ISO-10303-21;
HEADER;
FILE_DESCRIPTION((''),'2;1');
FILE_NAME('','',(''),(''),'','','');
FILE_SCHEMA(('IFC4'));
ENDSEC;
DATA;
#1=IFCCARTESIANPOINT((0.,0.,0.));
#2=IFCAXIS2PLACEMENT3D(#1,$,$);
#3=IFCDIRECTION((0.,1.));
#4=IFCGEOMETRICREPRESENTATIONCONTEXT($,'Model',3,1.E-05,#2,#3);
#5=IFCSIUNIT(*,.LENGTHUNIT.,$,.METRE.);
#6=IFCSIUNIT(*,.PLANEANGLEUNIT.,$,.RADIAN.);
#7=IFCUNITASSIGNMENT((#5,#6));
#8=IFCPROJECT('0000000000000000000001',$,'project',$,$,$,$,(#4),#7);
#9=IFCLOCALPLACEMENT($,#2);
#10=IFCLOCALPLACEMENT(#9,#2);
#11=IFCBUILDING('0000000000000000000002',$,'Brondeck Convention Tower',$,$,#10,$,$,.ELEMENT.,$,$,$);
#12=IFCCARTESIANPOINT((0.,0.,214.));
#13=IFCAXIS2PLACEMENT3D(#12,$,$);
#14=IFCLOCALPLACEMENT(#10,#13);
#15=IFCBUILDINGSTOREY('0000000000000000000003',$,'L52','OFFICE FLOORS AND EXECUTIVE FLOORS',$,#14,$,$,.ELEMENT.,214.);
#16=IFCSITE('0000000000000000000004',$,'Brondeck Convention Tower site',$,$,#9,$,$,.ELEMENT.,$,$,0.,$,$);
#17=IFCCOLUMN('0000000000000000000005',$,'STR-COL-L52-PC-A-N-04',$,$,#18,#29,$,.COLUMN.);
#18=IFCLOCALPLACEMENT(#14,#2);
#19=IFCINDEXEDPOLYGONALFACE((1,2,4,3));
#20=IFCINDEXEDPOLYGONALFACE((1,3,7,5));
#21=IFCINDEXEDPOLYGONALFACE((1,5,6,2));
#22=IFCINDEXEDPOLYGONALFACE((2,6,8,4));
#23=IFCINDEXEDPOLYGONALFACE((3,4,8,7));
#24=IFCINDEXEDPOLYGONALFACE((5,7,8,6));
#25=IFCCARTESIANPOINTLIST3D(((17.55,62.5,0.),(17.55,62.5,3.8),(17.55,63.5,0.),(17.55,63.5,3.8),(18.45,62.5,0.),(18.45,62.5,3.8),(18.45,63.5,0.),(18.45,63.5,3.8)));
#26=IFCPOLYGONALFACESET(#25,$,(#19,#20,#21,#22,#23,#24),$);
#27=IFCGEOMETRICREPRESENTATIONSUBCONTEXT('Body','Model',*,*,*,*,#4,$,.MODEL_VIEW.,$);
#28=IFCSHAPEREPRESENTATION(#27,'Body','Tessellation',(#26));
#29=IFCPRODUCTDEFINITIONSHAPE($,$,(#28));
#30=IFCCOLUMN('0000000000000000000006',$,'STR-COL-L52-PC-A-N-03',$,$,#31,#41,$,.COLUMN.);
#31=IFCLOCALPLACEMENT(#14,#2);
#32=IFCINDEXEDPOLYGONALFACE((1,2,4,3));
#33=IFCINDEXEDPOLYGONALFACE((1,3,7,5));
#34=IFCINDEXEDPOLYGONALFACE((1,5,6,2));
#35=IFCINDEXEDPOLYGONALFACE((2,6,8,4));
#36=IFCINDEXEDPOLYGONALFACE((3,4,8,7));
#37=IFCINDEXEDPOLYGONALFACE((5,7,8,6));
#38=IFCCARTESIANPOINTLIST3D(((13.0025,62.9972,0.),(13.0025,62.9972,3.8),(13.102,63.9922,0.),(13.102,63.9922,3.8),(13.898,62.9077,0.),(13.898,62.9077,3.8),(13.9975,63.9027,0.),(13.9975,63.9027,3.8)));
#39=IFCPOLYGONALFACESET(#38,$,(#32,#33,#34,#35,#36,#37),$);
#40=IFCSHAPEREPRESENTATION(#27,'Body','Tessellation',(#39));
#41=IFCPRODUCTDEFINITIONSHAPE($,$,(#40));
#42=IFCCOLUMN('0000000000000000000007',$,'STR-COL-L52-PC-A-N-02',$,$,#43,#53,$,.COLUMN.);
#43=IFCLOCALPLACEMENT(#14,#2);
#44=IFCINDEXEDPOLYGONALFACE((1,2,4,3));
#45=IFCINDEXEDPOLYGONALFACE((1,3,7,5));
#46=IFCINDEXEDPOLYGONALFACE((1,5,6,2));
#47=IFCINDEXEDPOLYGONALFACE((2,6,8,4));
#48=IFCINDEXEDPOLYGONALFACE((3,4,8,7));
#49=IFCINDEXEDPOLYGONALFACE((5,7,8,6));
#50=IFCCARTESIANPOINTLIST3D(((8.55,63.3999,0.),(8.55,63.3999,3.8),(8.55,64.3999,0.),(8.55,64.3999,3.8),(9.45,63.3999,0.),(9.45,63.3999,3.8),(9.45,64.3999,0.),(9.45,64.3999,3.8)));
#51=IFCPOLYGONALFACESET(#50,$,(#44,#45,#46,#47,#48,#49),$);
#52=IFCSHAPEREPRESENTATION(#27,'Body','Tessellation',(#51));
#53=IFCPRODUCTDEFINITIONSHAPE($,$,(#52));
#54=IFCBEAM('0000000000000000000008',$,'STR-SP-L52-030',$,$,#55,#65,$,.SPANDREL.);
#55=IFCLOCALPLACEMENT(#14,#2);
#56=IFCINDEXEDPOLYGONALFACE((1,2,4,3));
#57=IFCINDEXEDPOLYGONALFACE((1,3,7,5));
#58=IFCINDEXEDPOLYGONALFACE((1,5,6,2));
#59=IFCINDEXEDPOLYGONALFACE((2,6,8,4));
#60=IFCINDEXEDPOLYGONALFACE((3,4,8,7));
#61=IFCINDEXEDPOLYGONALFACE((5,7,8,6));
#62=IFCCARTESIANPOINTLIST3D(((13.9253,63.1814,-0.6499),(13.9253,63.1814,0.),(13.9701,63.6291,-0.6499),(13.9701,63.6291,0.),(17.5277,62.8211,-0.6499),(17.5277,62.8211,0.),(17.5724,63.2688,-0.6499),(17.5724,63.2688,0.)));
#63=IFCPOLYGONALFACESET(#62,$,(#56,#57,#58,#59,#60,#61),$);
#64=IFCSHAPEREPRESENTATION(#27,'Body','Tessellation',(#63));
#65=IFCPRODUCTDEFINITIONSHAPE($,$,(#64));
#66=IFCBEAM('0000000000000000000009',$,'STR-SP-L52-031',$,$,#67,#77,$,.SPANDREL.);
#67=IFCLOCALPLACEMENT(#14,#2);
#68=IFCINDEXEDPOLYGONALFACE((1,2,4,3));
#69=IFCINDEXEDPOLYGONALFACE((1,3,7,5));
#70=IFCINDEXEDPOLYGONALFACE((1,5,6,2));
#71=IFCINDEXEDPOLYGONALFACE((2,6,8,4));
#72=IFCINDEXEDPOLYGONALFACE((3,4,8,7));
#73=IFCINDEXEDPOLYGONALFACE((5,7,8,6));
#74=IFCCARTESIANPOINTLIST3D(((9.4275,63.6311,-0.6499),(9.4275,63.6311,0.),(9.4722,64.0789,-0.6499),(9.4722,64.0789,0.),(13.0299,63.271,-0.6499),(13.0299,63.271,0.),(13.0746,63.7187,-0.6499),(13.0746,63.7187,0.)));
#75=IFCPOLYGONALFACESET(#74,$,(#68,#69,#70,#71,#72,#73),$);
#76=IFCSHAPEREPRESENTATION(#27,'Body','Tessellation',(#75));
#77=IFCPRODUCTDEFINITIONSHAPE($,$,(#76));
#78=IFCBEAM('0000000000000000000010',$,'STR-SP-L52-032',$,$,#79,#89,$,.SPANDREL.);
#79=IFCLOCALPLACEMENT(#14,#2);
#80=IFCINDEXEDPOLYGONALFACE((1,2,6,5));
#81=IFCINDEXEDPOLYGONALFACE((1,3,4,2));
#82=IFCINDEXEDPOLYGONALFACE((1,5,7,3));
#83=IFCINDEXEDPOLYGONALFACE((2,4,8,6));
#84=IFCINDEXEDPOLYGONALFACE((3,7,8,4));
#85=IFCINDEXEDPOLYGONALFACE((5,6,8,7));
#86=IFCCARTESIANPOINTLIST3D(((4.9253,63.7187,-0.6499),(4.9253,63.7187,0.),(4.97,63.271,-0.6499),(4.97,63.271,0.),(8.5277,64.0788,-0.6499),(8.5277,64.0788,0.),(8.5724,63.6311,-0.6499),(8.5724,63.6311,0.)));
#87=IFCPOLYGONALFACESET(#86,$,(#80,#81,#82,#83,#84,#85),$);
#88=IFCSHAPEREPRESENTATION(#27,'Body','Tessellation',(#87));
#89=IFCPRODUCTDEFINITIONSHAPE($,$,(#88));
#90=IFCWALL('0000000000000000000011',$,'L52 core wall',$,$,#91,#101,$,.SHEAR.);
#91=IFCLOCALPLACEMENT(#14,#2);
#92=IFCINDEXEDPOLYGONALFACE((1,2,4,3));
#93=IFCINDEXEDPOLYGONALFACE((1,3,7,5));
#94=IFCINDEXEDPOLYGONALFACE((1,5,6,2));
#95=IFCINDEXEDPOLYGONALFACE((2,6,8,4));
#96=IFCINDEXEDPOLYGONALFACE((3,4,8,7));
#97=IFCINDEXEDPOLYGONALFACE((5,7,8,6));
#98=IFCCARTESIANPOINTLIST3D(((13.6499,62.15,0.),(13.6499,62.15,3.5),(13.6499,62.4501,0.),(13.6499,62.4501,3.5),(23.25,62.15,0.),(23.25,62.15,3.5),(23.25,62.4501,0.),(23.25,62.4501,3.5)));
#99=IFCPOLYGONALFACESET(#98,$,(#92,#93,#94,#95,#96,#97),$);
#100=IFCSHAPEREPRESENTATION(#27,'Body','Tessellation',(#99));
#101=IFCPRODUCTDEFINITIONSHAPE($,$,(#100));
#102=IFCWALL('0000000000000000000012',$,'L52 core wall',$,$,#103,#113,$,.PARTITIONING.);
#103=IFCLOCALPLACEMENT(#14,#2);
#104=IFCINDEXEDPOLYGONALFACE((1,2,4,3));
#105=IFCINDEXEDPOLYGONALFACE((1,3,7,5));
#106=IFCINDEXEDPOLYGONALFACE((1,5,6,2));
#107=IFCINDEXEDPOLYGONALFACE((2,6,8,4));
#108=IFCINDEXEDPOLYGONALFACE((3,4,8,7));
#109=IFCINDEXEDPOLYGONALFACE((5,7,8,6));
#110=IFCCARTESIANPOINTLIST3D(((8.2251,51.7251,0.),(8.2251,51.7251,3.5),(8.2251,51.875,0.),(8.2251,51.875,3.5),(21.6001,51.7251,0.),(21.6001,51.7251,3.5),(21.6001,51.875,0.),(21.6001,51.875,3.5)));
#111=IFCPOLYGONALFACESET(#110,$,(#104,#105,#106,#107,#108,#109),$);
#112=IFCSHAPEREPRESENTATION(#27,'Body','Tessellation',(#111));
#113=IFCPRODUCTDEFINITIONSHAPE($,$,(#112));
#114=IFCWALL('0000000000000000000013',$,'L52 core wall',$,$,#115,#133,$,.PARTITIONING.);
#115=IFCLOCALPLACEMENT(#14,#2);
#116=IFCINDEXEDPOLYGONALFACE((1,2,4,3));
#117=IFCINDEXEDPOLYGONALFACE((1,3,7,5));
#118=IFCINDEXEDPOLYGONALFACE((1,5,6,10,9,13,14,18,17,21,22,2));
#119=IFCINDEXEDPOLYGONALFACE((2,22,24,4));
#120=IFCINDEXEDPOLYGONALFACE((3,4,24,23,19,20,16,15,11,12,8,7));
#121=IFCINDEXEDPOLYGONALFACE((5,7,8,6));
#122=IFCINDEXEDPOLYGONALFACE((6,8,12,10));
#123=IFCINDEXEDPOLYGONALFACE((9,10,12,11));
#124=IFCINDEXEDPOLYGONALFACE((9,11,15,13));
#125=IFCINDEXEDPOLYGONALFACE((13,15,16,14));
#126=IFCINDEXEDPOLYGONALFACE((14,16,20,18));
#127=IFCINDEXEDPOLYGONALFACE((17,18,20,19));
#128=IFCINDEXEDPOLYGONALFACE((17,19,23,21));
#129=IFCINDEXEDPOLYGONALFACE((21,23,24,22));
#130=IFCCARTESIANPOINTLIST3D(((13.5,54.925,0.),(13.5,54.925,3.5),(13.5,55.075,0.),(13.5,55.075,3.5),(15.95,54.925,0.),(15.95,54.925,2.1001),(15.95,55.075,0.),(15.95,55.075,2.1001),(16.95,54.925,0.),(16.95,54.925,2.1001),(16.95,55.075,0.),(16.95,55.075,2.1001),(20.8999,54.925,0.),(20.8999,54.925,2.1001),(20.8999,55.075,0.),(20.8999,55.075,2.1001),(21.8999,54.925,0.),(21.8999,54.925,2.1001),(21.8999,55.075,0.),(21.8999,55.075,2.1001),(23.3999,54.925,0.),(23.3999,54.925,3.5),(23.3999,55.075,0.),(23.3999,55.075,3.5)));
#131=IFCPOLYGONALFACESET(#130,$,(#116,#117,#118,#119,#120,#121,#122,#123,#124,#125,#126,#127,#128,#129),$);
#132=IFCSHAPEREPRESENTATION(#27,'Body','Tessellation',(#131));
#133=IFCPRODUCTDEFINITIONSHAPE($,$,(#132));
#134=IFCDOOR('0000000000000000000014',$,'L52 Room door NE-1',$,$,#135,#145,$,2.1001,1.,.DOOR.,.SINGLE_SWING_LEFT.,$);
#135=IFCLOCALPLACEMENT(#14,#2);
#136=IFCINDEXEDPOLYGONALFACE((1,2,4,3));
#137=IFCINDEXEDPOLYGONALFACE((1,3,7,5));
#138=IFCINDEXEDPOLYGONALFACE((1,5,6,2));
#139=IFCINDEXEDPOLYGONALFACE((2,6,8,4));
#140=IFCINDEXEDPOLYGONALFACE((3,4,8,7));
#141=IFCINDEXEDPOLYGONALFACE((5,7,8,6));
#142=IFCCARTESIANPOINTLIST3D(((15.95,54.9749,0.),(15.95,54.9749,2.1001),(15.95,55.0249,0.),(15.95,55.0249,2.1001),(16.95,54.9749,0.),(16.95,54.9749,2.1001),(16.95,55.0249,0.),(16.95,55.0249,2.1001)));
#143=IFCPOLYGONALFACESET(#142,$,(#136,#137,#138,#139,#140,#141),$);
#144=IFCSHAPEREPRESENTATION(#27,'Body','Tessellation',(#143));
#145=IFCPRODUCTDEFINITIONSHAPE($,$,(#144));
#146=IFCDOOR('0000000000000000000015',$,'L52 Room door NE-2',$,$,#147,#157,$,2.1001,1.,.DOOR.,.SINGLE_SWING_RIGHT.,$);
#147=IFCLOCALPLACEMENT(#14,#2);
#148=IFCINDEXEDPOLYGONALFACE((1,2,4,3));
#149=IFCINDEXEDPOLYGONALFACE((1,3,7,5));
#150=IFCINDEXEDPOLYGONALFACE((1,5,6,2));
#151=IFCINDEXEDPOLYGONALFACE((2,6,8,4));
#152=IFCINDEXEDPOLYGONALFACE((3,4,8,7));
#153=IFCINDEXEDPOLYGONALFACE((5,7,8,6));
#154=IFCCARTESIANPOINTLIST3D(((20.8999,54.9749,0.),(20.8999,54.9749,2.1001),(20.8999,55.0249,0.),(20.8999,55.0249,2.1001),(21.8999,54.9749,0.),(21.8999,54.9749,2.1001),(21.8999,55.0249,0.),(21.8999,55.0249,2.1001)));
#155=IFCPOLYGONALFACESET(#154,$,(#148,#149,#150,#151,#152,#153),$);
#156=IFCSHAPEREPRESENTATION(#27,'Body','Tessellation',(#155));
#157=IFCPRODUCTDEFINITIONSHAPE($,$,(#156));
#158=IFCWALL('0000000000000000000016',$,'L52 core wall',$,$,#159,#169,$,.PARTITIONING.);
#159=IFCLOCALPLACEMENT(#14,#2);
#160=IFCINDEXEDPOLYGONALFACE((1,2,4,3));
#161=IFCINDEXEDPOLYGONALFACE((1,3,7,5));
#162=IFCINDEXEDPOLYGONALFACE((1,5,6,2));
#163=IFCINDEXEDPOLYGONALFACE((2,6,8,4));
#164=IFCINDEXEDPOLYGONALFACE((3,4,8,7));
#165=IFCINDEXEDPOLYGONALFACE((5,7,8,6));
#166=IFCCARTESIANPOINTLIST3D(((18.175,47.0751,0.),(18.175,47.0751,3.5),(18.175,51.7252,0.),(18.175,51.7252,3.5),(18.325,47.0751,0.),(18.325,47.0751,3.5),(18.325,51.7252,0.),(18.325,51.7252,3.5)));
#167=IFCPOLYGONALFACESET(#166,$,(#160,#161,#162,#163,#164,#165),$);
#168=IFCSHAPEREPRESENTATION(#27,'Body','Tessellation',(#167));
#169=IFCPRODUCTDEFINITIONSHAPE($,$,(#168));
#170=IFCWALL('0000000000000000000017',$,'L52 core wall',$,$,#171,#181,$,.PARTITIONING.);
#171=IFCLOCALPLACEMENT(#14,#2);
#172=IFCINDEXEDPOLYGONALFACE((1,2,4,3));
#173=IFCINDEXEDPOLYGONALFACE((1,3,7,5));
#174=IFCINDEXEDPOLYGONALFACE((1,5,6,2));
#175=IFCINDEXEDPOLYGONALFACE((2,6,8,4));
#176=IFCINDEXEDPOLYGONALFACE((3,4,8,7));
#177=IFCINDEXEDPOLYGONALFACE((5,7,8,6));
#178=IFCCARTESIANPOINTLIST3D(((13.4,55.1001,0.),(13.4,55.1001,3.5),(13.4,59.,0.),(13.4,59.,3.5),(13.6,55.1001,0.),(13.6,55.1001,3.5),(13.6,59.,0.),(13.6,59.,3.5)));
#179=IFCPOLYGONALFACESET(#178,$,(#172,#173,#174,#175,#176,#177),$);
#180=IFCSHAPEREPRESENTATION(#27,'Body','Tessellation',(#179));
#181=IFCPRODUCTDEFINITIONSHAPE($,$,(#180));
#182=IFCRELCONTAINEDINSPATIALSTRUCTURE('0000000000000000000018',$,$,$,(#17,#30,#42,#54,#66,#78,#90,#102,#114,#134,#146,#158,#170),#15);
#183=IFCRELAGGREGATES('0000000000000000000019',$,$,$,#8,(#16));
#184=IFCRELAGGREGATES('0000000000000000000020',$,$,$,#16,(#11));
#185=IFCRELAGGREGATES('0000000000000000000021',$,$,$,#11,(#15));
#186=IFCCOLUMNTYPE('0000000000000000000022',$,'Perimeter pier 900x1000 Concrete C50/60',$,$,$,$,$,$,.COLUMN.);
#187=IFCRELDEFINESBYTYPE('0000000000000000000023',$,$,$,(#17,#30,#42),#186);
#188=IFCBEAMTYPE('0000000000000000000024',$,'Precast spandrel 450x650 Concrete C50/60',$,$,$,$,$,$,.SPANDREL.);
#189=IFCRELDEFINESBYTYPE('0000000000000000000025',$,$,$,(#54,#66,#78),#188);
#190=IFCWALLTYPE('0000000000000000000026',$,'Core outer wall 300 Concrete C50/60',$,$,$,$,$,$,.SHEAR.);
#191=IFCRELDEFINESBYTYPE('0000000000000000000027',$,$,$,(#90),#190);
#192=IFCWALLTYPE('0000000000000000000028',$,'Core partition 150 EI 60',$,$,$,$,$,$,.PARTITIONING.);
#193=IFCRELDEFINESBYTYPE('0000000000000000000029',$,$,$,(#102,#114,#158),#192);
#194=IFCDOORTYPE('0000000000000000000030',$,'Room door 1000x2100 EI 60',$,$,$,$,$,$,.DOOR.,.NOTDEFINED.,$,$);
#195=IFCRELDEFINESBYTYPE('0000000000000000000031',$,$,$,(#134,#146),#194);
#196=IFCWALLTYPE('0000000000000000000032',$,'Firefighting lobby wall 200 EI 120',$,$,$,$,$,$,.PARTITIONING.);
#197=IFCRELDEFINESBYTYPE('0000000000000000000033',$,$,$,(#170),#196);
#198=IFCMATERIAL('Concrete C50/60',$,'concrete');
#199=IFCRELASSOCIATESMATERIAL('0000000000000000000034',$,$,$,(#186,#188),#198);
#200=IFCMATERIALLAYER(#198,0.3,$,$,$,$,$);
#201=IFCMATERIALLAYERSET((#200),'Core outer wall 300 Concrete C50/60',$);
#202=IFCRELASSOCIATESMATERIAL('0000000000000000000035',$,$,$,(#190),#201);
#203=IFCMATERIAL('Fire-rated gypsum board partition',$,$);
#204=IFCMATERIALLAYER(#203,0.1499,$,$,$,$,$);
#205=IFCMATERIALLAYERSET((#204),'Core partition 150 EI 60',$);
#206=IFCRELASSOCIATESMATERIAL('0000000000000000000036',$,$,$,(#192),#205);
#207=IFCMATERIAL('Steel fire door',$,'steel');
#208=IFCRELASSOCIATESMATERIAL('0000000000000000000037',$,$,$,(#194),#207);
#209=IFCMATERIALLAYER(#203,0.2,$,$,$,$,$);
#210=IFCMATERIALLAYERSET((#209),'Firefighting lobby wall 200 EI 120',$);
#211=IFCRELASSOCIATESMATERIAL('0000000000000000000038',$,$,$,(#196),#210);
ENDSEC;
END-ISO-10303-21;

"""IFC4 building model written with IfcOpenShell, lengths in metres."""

from ifc_helpers import new_model, si_unit, direction, frame, frame_2d, origin, origin_2d, place, context, subcontext, project, spatial, rectangle, extrude, material, layer, layer_set, material_profile, profile_set, type_object, element, fill, save


model = new_model("IFC4")

# Units and contexts
model_context = context("Model", 3, precision=1e-05, world=origin(), true_north=direction((0.0, 1.0)))
body_context = subcontext(model_context, "Body", "Model", "MODEL_VIEW")
ifc_project = project(units=[si_unit("LENGTHUNIT", "METRE"), si_unit("PLANEANGLEUNIT", "RADIAN")], contexts=[model_context])

# Site, building, storey
site_placement = place(None, origin())
site = spatial("IfcSite", under=ifc_project, at=site_placement, Name="Brondeck Convention Tower site", CompositionType="ELEMENT", RefElevation=0.0)
building_placement = place(site_placement, origin())
building = spatial("IfcBuilding", under=site, at=building_placement, Name="Brondeck Convention Tower", CompositionType="ELEMENT")
storey_placement = place(building_placement, frame((0.0, 0.0, 214.0)))
storey = spatial("IfcBuildingStorey", under=building, at=storey_placement, Name="L52", Description="OFFICE FLOORS AND EXECUTIVE FLOORS", CompositionType="ELEMENT", Elevation=214.0)

# Columns
ifc_material_1 = material(Name="Concrete C50/60", Category="concrete")
ifc_material_profile_1 = material_profile(ifc_material_1, rectangle(XDim=0.8999, YDim=1.0, at=origin_2d()), Name="Perimeter pier 900x1000 Concrete C50/60")
ifc_profile_set_1 = profile_set([ifc_material_profile_1], Name="Concrete C50/60")
column_type = type_object("IfcColumnType", Name="Perimeter pier 900x1000 Concrete C50/60", PredefinedType="COLUMN", material=ifc_profile_set_1)
for number, where, z_axis, x_axis, name in (
    (1, (18.0, 63.0, 0.0), (0.0, 0.0, 1.0), (-1.0, 0.0, 0.0), "STR-COL-L52-PC-A-N-04"),
    (2, (13.5, 63.45, 0.0), (0.0, 0.0, 1.0), (-0.995037, 0.099504, 0.0), "STR-COL-L52-PC-A-N-03"),
    (3, (9.0, 63.8999, 0.0), (0.0, 0.0, 1.0), (-1.0, 0.0, 0.0), "STR-COL-L52-PC-A-N-02"),
):
    element("IfcColumn", number, at=place(storey_placement, frame(where, z_axis=z_axis, x_axis=x_axis)), inside=storey, type_object=column_type, Name=name, PredefinedType="COLUMN", context=body_context, shape_type="SweptSolid", body=[
        extrude(rectangle(XDim=0.8999, YDim=1.0, at=origin_2d()), origin(), (0.0, 0.0, 1.0), 3.8),
    ])

# Beams
ifc_material_profile_2 = material_profile(ifc_material_1, rectangle(XDim=0.45, YDim=0.6499, at=origin_2d()), Name="Precast spandrel 450x650 Concrete C50/60")
ifc_profile_set_2 = profile_set([ifc_material_profile_2], Name="Concrete C50/60")
beam_type = type_object("IfcBeamType", Name="Precast spandrel 450x650 Concrete C50/60", PredefinedType="SPANDREL", material=ifc_profile_set_2)
for number, where, z_axis, x_axis, name in (
    (4, (17.55, 63.0449, -0.325), (-0.995034, 0.099537, 0.0), (-0.099537, -0.995034, 0.0), "STR-SP-L52-030"),
    (5, (13.0522, 63.4949, -0.325), (-0.995041, 0.09947, 0.0), (-0.09947, -0.995041, 0.0), "STR-SP-L52-031"),
    (6, (8.55, 63.855, -0.325), (-0.995041, -0.09947, 0.0), (0.09947, -0.995041, 0.0), "STR-SP-L52-032"),
):
    element("IfcBeam", number, at=place(storey_placement, frame(where, z_axis=z_axis, x_axis=x_axis)), inside=storey, type_object=beam_type, Name=name, PredefinedType="SPANDREL", context=body_context, shape_type="SweptSolid", body=[
        extrude(rectangle(XDim=0.45, YDim=0.6499, at=origin_2d()), origin(), (0.0, 0.0, 1.0), 3.6204),
    ])

# Walls
ifc_layer_1 = layer(ifc_material_1, 0.3)
ifc_layer_set_1 = layer_set([ifc_layer_1], Name="Core outer wall 300 Concrete C50/60")
wall_type_1 = type_object("IfcWallType", Name="Core outer wall 300 Concrete C50/60", PredefinedType="SHEAR", material=ifc_layer_set_1)
wall_1_placement = place(storey_placement, frame((13.6499, 62.3, 0.0), z_axis=(0.0, 0.0, 1.0), x_axis=(1.0, 0.0, 0.0)))
element("IfcWall", 7, at=wall_1_placement, inside=storey, type_object=wall_type_1, Name="L52 core wall", PredefinedType="SHEAR", context=body_context, shape_type="SweptSolid", body=[
    extrude(rectangle(XDim=9.6001, YDim=0.3, at=frame_2d((4.8, 0.0))), origin(), (0.0, 0.0, 1.0), 3.5),
])
ifc_material_2 = material(Name="Fire-rated gypsum board partition")
ifc_layer_2 = layer(ifc_material_2, 0.1499)
ifc_layer_set_2 = layer_set([ifc_layer_2], Name="Core partition 150 EI 60")
wall_type_2 = type_object("IfcWallType", Name="Core partition 150 EI 60", PredefinedType="PARTITIONING", material=ifc_layer_set_2)
wall_2_placement = place(storey_placement, frame((8.2251, 51.8, 0.0), z_axis=(0.0, 0.0, 1.0), x_axis=(1.0, 0.0, 0.0)))
element("IfcWall", 8, at=wall_2_placement, inside=storey, type_object=wall_type_2, Name="L52 core wall", PredefinedType="PARTITIONING", context=body_context, shape_type="SweptSolid", body=[
    extrude(rectangle(XDim=13.375, YDim=0.1499, at=frame_2d((6.6875, 0.0))), origin(), (0.0, 0.0, 1.0), 3.5),
])

# Wall, openings, doors
wall_3_placement = place(storey_placement, frame((13.5, 55.0, 0.0), z_axis=(0.0, 0.0, 1.0), x_axis=(1.0, 0.0, 0.0)))
wall_3 = element("IfcWall", 9, at=wall_3_placement, inside=storey, type_object=wall_type_2, Name="L52 core wall", PredefinedType="PARTITIONING", context=body_context, shape_type="SweptSolid", body=[
    extrude(rectangle(XDim=9.8999, YDim=0.1499, at=frame_2d((4.95, 0.0))), origin(), (0.0, 0.0, 1.0), 3.5),
])
opening_1_placement = place(wall_3_placement, frame((2.45, 0.0, 0.0)))
opening_1 = element("IfcOpeningElement", 10, at=opening_1_placement, cuts=wall_3, PredefinedType="OPENING", context=body_context, shape_type="SweptSolid", body=[
    extrude(rectangle(XDim=1.0, YDim=2.1001, at=frame_2d((0.5, 1.05))), frame((0.0, 0.085, 0.0), z_axis=(0.0, -1.0, 0.0), x_axis=(1.0, 0.0, 0.0)), (0.0, 0.0, 1.0), 0.1699),
])
opening_2_placement = place(wall_3_placement, frame((7.3999, 0.0, 0.0)))
opening_2 = element("IfcOpeningElement", 11, at=opening_2_placement, cuts=wall_3, PredefinedType="OPENING", context=body_context, shape_type="SweptSolid", body=[
    extrude(rectangle(XDim=1.0, YDim=2.1001, at=frame_2d((0.5, 1.05))), frame((0.0, 0.085, 0.0), z_axis=(0.0, -1.0, 0.0), x_axis=(1.0, 0.0, 0.0)), (0.0, 0.0, 1.0), 0.1699),
])
ifc_material_3 = material(Name="Steel fire door", Category="steel")
door_type = type_object("IfcDoorType", Name="Room door 1000x2100 EI 60", OperationType="NOTDEFINED", PredefinedType="DOOR", material=ifc_material_3)
door_1_placement = place(opening_1_placement, origin())
door_1 = element("IfcDoor", 12, at=door_1_placement, inside=storey, type_object=door_type, Name="L52 Room door NE-1", OperationType="SINGLE_SWING_LEFT", OverallHeight=2.1001, OverallWidth=1.0, PredefinedType="DOOR", context=body_context, shape_type="SweptSolid", body=[
    extrude(rectangle(XDim=1.0, YDim=2.1001, at=frame_2d((0.5, 1.05))), frame((0.0, 0.0249, 0.0), z_axis=(0.0, -1.0, 0.0), x_axis=(1.0, 0.0, 0.0)), (0.0, 0.0, 1.0), 0.05),
])
fill(opening_1, door_1)
door_2_placement = place(opening_2_placement, origin())
door_2 = element("IfcDoor", 13, at=door_2_placement, inside=storey, type_object=door_type, Name="L52 Room door NE-2", OperationType="SINGLE_SWING_RIGHT", OverallHeight=2.1001, OverallWidth=1.0, PredefinedType="DOOR", context=body_context, shape_type="SweptSolid", body=[
    extrude(rectangle(XDim=1.0, YDim=2.1001, at=frame_2d((0.5, 1.05))), frame((0.0, 0.0249, 0.0), z_axis=(0.0, -1.0, 0.0), x_axis=(1.0, 0.0, 0.0)), (0.0, 0.0, 1.0), 0.05),
])
fill(opening_2, door_2)

# Walls
wall_4_placement = place(storey_placement, frame((18.25, 47.075, 0.0), z_axis=(0.0, 0.0, 1.0), x_axis=(0.0, 1.0, 0.0)))
element("IfcWall", 14, at=wall_4_placement, inside=storey, type_object=wall_type_2, Name="L52 core wall", PredefinedType="PARTITIONING", context=body_context, shape_type="SweptSolid", body=[
    extrude(rectangle(XDim=4.6501, YDim=0.1499, at=frame_2d((2.3252, 0.0))), origin(), (0.0, 0.0, 1.0), 3.5),
])
ifc_layer_3 = layer(ifc_material_2, 0.2)
ifc_layer_set_3 = layer_set([ifc_layer_3], Name="Firefighting lobby wall 200 EI 120")
wall_type_3 = type_object("IfcWallType", Name="Firefighting lobby wall 200 EI 120", PredefinedType="PARTITIONING", material=ifc_layer_set_3)
wall_5_placement = place(storey_placement, frame((13.5, 55.1001, 0.0), z_axis=(0.0, 0.0, 1.0), x_axis=(0.0, 1.0, 0.0)))
element("IfcWall", 15, at=wall_5_placement, inside=storey, type_object=wall_type_3, Name="L52 core wall", PredefinedType="PARTITIONING", context=body_context, shape_type="SweptSolid", body=[
    extrude(rectangle(XDim=3.8999, YDim=0.2, at=frame_2d((1.95, 0.0))), origin(), (0.0, 0.0, 1.0), 3.5),
])

save(model, "model.ifc")
